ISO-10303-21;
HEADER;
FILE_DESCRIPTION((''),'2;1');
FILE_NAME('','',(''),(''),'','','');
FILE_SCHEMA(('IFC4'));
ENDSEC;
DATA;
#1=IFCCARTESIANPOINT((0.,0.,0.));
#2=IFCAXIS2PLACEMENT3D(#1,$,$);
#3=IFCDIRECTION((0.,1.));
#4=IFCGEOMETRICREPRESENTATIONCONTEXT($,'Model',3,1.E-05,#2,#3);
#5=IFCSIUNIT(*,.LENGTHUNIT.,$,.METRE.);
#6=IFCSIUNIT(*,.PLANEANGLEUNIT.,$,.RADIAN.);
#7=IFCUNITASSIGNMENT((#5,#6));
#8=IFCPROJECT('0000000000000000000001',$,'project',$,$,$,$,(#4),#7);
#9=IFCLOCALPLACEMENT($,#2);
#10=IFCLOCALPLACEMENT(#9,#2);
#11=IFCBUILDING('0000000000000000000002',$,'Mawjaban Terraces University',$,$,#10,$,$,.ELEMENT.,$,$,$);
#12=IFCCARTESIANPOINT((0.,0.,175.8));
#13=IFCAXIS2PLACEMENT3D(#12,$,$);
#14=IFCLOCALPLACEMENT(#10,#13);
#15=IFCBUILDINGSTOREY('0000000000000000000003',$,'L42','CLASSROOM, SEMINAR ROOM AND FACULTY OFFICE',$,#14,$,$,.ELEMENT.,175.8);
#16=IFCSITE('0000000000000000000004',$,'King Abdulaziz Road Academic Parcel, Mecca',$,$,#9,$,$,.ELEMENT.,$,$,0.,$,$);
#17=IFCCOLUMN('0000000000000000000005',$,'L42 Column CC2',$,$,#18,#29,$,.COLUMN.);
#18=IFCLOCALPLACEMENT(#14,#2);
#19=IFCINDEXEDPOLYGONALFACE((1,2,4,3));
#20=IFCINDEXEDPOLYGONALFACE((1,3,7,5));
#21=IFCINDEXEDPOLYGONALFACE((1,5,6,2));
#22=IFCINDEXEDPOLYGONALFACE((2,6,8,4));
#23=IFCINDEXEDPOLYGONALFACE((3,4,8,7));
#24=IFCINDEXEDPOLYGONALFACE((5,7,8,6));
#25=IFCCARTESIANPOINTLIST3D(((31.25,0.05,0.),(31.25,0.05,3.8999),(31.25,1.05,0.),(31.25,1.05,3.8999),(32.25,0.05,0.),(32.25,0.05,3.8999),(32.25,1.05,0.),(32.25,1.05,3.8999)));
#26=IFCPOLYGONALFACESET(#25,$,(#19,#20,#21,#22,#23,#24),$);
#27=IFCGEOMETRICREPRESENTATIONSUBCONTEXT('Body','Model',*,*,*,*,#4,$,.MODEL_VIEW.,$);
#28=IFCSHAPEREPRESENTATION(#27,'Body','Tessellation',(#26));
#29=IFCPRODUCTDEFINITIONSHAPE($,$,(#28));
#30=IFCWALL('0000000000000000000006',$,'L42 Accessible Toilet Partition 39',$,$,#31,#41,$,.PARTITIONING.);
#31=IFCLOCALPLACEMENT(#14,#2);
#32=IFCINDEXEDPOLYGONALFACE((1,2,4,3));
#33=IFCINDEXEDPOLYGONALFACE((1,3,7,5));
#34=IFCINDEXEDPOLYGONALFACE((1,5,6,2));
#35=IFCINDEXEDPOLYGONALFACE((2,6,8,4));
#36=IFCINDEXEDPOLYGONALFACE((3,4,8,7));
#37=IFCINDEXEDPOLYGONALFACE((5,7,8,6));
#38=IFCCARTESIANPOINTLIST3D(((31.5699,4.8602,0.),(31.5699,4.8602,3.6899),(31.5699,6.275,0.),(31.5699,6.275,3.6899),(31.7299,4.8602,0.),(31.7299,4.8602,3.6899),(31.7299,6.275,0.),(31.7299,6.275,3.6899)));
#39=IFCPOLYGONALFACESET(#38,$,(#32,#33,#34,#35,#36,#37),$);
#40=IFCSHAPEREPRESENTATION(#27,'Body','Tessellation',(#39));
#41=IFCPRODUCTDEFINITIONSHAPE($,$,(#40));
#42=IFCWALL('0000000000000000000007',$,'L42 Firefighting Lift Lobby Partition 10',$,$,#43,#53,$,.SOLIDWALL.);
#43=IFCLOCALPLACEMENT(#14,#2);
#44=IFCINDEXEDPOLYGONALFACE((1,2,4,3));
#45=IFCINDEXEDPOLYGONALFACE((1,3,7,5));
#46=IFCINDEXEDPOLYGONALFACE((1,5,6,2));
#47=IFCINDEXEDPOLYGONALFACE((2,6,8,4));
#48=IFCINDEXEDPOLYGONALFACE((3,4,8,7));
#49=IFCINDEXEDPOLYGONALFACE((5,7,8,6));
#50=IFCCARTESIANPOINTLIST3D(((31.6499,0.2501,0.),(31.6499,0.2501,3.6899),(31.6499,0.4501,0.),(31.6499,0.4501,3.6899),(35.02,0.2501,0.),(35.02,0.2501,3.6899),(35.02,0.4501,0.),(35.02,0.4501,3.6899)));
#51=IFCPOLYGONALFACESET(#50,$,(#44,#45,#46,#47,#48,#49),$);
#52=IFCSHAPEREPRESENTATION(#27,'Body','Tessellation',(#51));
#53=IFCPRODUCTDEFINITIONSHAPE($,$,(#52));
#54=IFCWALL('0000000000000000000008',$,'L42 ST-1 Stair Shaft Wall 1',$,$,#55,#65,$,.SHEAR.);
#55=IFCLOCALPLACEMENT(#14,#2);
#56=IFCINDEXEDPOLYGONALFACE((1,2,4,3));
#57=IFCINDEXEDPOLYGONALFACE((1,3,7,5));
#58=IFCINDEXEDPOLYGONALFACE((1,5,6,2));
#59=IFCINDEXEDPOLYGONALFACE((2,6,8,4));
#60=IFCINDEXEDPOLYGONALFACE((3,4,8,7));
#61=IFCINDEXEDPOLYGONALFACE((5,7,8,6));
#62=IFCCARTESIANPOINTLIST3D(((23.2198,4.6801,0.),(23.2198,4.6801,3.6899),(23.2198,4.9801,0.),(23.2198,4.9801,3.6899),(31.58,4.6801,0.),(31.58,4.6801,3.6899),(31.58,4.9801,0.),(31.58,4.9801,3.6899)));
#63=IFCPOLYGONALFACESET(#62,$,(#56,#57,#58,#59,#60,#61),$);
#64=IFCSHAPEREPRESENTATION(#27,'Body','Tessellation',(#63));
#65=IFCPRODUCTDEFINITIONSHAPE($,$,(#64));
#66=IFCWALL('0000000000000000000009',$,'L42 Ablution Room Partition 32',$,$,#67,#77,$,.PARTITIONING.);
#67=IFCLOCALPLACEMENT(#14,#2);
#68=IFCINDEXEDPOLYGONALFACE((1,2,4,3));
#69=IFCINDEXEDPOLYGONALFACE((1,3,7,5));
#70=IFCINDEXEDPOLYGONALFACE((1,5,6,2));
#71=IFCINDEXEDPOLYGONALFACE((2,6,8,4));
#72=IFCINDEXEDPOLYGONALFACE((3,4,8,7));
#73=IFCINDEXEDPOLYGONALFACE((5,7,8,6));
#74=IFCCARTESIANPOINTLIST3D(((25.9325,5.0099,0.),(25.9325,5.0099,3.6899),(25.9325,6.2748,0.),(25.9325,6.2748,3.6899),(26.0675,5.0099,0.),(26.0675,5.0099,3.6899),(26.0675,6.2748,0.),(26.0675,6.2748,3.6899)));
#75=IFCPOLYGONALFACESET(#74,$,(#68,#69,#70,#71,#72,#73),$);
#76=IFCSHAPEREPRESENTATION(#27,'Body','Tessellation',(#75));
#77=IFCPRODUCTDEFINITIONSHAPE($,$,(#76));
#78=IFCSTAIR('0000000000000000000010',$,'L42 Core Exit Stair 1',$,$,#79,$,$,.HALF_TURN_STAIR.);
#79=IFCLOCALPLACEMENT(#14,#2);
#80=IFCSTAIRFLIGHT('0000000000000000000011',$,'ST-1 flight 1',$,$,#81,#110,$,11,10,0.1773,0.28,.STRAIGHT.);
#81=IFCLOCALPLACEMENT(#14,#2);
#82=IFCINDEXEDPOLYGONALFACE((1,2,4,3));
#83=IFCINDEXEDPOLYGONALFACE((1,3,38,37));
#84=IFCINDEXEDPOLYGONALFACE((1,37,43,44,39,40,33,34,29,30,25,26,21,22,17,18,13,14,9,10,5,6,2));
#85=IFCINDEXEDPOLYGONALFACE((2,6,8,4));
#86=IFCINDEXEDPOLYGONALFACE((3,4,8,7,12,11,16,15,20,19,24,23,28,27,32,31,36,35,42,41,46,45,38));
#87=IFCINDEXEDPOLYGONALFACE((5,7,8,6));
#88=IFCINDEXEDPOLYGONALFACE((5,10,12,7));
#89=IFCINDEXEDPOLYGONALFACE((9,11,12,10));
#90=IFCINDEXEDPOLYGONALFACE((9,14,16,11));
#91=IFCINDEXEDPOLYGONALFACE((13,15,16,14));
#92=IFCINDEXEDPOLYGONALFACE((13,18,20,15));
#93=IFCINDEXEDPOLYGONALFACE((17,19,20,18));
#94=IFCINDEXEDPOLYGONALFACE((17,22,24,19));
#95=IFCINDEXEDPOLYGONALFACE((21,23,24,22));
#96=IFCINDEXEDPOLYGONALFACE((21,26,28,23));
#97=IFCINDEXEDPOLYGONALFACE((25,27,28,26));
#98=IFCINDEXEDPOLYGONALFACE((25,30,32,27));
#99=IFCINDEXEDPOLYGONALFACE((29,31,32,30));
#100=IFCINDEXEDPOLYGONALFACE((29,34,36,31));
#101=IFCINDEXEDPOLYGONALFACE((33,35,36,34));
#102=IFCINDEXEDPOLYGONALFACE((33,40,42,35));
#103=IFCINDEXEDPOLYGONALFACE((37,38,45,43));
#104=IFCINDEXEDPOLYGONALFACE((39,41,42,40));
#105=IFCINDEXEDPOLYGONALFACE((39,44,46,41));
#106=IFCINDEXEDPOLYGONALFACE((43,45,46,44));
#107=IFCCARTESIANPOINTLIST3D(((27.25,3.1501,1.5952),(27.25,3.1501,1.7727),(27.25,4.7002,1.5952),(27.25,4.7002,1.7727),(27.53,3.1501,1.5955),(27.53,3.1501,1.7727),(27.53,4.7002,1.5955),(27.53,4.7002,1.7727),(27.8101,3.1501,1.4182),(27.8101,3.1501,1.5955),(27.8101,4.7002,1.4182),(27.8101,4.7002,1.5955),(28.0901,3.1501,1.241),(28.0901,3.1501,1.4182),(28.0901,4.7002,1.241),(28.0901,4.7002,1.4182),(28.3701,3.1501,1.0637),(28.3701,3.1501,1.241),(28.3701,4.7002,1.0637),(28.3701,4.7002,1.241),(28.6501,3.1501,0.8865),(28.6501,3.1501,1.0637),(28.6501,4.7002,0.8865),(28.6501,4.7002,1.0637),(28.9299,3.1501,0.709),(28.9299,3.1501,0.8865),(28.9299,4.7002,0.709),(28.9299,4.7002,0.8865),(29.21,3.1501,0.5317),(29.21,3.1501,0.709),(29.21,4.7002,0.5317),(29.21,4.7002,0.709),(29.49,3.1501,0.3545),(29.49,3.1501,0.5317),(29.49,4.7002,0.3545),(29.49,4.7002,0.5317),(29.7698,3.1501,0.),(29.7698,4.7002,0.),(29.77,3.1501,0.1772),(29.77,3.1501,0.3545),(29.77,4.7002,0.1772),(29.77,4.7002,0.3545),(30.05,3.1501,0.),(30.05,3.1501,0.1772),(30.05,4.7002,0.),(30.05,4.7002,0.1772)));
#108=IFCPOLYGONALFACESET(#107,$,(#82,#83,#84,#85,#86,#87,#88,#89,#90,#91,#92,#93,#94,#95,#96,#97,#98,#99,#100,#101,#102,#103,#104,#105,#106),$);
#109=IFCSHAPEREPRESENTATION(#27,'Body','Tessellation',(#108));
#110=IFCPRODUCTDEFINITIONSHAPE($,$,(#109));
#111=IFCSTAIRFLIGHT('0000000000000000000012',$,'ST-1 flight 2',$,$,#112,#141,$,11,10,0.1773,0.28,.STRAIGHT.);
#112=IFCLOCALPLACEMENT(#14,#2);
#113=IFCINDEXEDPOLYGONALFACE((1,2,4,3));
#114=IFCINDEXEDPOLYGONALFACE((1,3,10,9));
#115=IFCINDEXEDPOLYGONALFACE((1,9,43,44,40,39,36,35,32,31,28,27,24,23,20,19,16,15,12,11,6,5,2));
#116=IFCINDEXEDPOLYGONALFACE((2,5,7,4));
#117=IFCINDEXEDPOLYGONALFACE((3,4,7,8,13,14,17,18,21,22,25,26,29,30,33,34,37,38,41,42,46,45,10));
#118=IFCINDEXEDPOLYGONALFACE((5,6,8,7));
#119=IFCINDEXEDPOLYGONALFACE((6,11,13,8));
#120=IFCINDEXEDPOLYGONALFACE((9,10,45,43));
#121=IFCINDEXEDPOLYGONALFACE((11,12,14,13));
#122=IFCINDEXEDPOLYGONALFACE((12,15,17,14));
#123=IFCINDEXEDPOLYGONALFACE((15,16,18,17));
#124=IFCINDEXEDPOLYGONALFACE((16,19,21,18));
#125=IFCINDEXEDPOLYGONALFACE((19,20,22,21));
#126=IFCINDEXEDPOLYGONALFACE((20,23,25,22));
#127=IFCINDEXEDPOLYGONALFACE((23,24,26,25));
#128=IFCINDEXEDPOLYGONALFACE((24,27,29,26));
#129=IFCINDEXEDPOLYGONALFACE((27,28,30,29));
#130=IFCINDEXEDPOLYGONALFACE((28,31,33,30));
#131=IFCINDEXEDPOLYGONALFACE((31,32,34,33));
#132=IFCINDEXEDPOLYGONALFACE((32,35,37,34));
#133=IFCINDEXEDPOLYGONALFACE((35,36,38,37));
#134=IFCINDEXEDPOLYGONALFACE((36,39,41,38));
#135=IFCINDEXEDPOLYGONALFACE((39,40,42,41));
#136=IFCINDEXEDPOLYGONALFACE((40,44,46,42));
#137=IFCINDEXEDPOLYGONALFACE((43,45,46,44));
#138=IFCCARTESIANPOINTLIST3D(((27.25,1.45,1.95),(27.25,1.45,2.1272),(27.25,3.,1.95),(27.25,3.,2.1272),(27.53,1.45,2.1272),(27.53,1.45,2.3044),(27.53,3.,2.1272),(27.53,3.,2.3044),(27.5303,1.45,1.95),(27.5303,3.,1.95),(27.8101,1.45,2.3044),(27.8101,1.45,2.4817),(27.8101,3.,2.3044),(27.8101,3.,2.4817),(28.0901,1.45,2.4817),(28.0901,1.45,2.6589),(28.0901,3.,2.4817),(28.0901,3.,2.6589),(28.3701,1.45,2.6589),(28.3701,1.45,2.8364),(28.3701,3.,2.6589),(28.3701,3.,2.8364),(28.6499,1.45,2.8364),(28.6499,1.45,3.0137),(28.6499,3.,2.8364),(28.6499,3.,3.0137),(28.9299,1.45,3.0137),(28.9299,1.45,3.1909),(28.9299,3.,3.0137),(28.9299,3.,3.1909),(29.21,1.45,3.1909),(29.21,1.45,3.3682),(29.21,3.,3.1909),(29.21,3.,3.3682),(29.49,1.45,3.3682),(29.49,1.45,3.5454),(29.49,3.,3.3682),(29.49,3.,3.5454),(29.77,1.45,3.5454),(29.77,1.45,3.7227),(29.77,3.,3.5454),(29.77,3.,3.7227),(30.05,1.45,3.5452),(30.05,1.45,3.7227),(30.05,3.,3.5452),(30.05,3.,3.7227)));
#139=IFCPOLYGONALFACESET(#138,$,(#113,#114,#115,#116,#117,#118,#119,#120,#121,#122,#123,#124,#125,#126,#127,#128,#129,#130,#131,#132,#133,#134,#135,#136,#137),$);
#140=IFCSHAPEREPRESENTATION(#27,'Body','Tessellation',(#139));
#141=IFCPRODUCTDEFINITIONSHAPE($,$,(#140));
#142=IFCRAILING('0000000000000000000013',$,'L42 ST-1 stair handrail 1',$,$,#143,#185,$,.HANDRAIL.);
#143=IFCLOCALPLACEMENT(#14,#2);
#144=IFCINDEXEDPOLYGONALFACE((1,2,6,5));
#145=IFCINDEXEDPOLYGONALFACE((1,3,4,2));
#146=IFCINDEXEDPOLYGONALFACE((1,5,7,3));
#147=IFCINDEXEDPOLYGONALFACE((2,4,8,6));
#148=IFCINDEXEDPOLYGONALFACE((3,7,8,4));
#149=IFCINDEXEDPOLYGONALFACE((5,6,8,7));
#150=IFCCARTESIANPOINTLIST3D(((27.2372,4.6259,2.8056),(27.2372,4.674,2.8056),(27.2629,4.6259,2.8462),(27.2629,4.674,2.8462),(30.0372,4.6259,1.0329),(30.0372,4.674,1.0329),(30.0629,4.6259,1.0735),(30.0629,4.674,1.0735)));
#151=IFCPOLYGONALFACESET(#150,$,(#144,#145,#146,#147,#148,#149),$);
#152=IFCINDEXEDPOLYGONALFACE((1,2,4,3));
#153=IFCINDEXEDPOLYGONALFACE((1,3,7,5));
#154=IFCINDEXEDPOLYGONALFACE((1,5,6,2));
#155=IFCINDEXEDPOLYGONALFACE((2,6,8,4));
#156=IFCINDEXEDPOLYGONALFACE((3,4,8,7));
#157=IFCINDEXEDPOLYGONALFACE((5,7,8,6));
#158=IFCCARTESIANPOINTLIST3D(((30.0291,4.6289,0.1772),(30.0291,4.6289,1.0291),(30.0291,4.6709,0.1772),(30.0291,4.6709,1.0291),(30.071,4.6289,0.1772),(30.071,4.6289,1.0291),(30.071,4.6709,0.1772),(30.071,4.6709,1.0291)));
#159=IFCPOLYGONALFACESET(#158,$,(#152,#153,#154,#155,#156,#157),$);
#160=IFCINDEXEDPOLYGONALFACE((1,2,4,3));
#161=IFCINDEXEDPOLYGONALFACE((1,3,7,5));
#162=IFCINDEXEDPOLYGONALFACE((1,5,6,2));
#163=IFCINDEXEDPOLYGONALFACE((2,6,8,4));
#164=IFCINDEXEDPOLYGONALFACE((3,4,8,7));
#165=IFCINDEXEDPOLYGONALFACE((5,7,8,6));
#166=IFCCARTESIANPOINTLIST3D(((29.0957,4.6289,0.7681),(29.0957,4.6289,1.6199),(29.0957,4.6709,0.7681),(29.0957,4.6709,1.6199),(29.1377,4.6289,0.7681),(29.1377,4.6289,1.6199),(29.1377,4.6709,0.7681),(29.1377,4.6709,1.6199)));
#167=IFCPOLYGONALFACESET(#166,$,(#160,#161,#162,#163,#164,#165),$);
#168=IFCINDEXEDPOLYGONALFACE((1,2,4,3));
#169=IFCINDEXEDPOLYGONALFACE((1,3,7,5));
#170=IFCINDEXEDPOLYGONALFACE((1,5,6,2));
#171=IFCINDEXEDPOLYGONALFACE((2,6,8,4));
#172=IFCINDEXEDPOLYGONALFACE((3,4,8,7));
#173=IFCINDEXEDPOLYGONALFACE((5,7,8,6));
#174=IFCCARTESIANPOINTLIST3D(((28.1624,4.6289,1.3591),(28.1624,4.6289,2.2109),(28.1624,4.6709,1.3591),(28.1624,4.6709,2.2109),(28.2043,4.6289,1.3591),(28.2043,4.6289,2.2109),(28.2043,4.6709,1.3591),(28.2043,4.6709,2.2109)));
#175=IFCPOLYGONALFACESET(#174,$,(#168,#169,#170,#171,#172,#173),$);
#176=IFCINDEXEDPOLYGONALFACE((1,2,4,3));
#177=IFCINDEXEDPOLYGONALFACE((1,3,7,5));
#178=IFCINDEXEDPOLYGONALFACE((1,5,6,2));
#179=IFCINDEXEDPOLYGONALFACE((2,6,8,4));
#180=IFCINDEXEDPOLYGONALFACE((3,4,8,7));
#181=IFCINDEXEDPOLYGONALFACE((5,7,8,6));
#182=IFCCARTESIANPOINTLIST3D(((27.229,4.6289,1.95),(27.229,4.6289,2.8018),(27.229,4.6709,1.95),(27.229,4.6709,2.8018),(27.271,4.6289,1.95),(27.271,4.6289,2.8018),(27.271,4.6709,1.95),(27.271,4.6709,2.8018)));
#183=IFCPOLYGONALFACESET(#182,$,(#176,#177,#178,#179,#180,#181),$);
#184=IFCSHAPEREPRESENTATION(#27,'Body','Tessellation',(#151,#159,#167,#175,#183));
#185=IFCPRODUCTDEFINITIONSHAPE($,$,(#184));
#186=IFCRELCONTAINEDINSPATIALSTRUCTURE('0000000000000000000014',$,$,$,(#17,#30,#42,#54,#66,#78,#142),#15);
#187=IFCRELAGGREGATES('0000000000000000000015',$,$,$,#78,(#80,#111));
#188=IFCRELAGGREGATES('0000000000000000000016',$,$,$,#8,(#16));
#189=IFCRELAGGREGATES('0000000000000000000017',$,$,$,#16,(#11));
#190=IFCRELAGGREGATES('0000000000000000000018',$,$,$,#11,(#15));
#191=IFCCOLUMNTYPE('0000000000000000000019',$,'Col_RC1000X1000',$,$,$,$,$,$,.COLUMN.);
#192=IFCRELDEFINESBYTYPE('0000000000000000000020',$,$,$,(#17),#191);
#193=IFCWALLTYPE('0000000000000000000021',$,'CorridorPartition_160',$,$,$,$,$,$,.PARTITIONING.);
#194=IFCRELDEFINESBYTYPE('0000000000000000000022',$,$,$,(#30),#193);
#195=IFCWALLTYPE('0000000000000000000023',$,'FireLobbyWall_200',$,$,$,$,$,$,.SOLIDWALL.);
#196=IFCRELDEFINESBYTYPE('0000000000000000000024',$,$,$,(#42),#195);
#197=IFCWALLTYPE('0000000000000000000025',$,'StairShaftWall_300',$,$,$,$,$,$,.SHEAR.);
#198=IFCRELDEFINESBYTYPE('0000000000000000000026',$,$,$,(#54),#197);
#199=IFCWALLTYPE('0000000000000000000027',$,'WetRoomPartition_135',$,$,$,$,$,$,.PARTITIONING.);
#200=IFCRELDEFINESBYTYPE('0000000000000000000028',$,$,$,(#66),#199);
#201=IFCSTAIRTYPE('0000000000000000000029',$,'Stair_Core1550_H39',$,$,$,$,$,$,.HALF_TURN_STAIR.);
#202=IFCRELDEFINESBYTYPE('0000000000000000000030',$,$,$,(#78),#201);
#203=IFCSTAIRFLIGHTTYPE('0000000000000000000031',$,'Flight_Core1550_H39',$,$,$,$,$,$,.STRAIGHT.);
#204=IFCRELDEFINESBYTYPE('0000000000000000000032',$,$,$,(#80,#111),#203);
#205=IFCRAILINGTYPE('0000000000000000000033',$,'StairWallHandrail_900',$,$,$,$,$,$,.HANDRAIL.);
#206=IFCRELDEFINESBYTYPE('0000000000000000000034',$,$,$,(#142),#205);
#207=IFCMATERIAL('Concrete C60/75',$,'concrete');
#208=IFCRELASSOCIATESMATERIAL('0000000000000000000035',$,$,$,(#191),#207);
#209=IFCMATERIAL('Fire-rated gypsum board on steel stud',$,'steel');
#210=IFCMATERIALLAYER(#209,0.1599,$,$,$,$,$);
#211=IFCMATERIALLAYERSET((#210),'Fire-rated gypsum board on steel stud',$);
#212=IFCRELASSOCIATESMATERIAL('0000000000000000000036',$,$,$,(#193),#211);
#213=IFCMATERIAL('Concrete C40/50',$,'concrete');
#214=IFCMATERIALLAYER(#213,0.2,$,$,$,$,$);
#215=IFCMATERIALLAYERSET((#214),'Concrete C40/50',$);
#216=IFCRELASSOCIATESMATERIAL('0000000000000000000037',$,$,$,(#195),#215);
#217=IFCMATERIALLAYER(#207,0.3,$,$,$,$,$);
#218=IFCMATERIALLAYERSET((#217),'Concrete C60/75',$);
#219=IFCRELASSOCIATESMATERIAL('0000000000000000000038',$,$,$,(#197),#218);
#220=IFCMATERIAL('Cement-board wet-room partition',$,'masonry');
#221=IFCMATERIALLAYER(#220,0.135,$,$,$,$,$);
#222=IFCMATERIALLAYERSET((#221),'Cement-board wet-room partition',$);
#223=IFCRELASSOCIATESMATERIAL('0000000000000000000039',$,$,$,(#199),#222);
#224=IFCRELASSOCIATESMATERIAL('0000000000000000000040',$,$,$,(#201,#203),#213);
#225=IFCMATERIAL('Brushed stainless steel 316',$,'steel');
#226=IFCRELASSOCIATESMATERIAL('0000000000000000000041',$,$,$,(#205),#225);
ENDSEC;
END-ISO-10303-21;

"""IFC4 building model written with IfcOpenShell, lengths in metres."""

from ifc_helpers import new_model, si_unit, direction, frame, frame_2d, origin, origin_2d, place, context, subcontext, project, spatial, polyline, rectangle, outline, extrude, material, layer, layer_set, material_profile, profile_set, type_object, element, aggregate, save


model = new_model("IFC4")

# Units and contexts
model_context = context("Model", 3, precision=1e-05, world=origin(), true_north=direction((0.0, 1.0)))
body_context = subcontext(model_context, "Body", "Model", "MODEL_VIEW")
ifc_project = project(units=[si_unit("LENGTHUNIT", "METRE"), si_unit("PLANEANGLEUNIT", "RADIAN")], contexts=[model_context])

# Site, building, storey
site_placement = place(None, origin())
site = spatial("IfcSite", under=ifc_project, at=site_placement, Name="King Abdulaziz Road Academic Parcel, Mecca", CompositionType="ELEMENT", RefElevation=0.0)
building_placement = place(site_placement, origin())
building = spatial("IfcBuilding", under=site, at=building_placement, Name="Mawjaban Terraces University", CompositionType="ELEMENT")
storey_placement = place(building_placement, frame((0.0, 0.0, 175.8)))
storey = spatial("IfcBuildingStorey", under=building, at=storey_placement, Name="L42", Description="CLASSROOM, SEMINAR ROOM AND FACULTY OFFICE", CompositionType="ELEMENT", Elevation=175.8)

# Column
ifc_material_1 = material(Name="Concrete C60/75", Category="concrete")
ifc_material_profile = material_profile(ifc_material_1, rectangle(XDim=1.0, YDim=1.0, at=origin_2d()), Name="RC1000X1000")
ifc_profile_set = profile_set([ifc_material_profile], Name="Concrete C60/75")
column_type = type_object("IfcColumnType", Name="Col_RC1000X1000", PredefinedType="COLUMN", material=ifc_profile_set)
column_placement = place(storey_placement, frame((31.75, 0.55, 0.0), z_axis=(0.0, 0.0, 1.0), x_axis=(1.0, 0.0, 0.0)))
element("IfcColumn", 1, at=column_placement, inside=storey, type_object=column_type, Name="L42 Column CC2", PredefinedType="COLUMN", context=body_context, shape_type="SweptSolid", body=[
    extrude(rectangle(XDim=1.0, YDim=1.0, at=origin_2d()), origin(), (0.0, 0.0, 1.0), 3.8999),
])

# Wall
ifc_material_2 = material(Name="Fire-rated gypsum board on steel stud", Category="steel")
ifc_layer_1 = layer(ifc_material_2, 0.1599)
ifc_layer_set_1 = layer_set([ifc_layer_1], Name="Fire-rated gypsum board on steel stud")
wall_type_1 = type_object("IfcWallType", Name="CorridorPartition_160", PredefinedType="PARTITIONING", material=ifc_layer_set_1)
wall_1_placement = place(storey_placement, frame((31.6499, 4.8601, 0.0), z_axis=(0.0, 0.0, 1.0), x_axis=(0.0, 1.0, 0.0)))
element("IfcWall", 2, at=wall_1_placement, inside=storey, type_object=wall_type_1, Name="L42 Accessible Toilet Partition 39", PredefinedType="PARTITIONING", context=body_context, shape_type="SweptSolid", body=[
    extrude(rectangle(XDim=1.4148, YDim=0.1599, at=frame_2d((0.7075, 0.0))), origin(), (0.0, 0.0, 1.0), 3.6899),
])

# Shared definitions
ifc_material_3 = material(Name="Concrete C40/50", Category="concrete")
ifc_layer_2 = layer(ifc_material_3, 0.2)
ifc_layer_set_2 = layer_set([ifc_layer_2], Name="Concrete C40/50")
wall_type_2 = type_object("IfcWallType", Name="FireLobbyWall_200", PredefinedType="SOLIDWALL", material=ifc_layer_set_2)

# Wall
wall_2_placement = place(storey_placement, frame((31.6499, 0.3501, 0.0), z_axis=(0.0, 0.0, 1.0), x_axis=(1.0, 0.0, 0.0)))
element("IfcWall", 3, at=wall_2_placement, inside=storey, type_object=wall_type_2, Name="L42 Firefighting Lift Lobby Partition 10", PredefinedType="SOLIDWALL", context=body_context, shape_type="SweptSolid", body=[
    extrude(rectangle(XDim=3.3701, YDim=0.2, at=frame_2d((1.6851, 0.0))), origin(), (0.0, 0.0, 1.0), 3.6899),
])

# Wall
ifc_layer_3 = layer(ifc_material_1, 0.3)
ifc_layer_set_3 = layer_set([ifc_layer_3], Name="Concrete C60/75")
wall_type_3 = type_object("IfcWallType", Name="StairShaftWall_300", PredefinedType="SHEAR", material=ifc_layer_set_3)
wall_3_placement = place(storey_placement, frame((31.5801, 4.8301, 0.0), z_axis=(0.0, 0.0, 1.0), x_axis=(-1.0, 0.0, 0.0)))
element("IfcWall", 4, at=wall_3_placement, inside=storey, type_object=wall_type_3, Name="L42 ST-1 Stair Shaft Wall 1", PredefinedType="SHEAR", context=body_context, shape_type="SweptSolid", body=[
    extrude(rectangle(XDim=8.3601, YDim=0.3, at=frame_2d((4.1802, 0.0))), origin(), (0.0, 0.0, 1.0), 3.6899),
])

# Wall
ifc_material_4 = material(Name="Cement-board wet-room partition", Category="masonry")
ifc_layer_4 = layer(ifc_material_4, 0.135)
ifc_layer_set_4 = layer_set([ifc_layer_4], Name="Cement-board wet-room partition")
wall_type_4 = type_object("IfcWallType", Name="WetRoomPartition_135", PredefinedType="PARTITIONING", material=ifc_layer_set_4)
wall_4_placement = place(storey_placement, frame((26.0, 5.01, 0.0), z_axis=(0.0, 0.0, 1.0), x_axis=(0.0, 1.0, 0.0)))
element("IfcWall", 5, at=wall_4_placement, inside=storey, type_object=wall_type_4, Name="L42 Ablution Room Partition 32", PredefinedType="PARTITIONING", context=body_context, shape_type="SweptSolid", body=[
    extrude(rectangle(XDim=1.2649, YDim=0.135, at=frame_2d((0.6323, 0.0))), origin(), (0.0, 0.0, 1.0), 3.6899),
])

# Stair, stair flights
stair_type = type_object("IfcStairType", Name="Stair_Core1550_H39", PredefinedType="HALF_TURN_STAIR", material=ifc_material_3)
stair_placement = place(storey_placement, origin())
stair = element("IfcStair", 6, at=stair_placement, inside=storey, type_object=stair_type, Name="L42 Core Exit Stair 1", PredefinedType="HALF_TURN_STAIR")
stair_flight_type = type_object("IfcStairFlightType", Name="Flight_Core1550_H39", PredefinedType="STRAIGHT", material=ifc_material_3)
stair_flight_1_placement = place(storey_placement, frame((30.05, 3.925, 0.0), z_axis=(0.0, 0.0, 1.0), x_axis=(-1.0, 0.0, 0.0)))
stair_flight_1 = element("IfcStairFlight", 7, at=stair_flight_1_placement, type_object=stair_flight_type, Name="ST-1 flight 1", NumberOfRisers=11, NumberOfTreads=10, PredefinedType="STRAIGHT", RiserHeight=0.1773, TreadLength=0.28, context=body_context, shape_type="SweptSolid", body=[
    extrude(outline(polyline([(0.0, 0.0), (0.0, 0.1772), (0.28, 0.1772), (0.28, 0.3545), (0.5601, 0.3545), (0.5601, 0.5317), (0.8401, 0.5317), (0.8401, 0.709), (1.1201, 0.709), (1.1201, 0.8865), (1.3999, 0.8865), (1.3999, 1.0637), (1.6799, 1.0637), (1.6799, 1.241), (1.96, 1.241), (1.96, 1.4182), (2.24, 1.4182), (2.24, 1.5955), (2.52, 1.5955), (2.52, 1.7727), (2.8, 1.7727), (2.8, 1.95), (2.8, 1.5952), (0.2803, 0.0), (0.0, 0.0)])), frame((0.0, 0.7749, 0.0), z_axis=(0.0, -1.0, 0.0), x_axis=(1.0, 0.0, 0.0)), (0.0, 0.0, 1.0), 1.55),
])
stair_flight_2_placement = place(storey_placement, frame((27.25, 2.2251, 1.95), z_axis=(0.0, 0.0, 1.0), x_axis=(1.0, 0.0, 0.0)))
stair_flight_2 = element("IfcStairFlight", 8, at=stair_flight_2_placement, type_object=stair_flight_type, Name="ST-1 flight 2", NumberOfRisers=11, NumberOfTreads=10, PredefinedType="STRAIGHT", RiserHeight=0.1773, TreadLength=0.28, context=body_context, shape_type="SweptSolid", body=[
    extrude(outline(polyline([(0.0, 0.0), (0.0, 0.1772), (0.28, 0.1772), (0.28, 0.3545), (0.5601, 0.3545), (0.5601, 0.5317), (0.8401, 0.5317), (0.8401, 0.709), (1.1201, 0.709), (1.1201, 0.8865), (1.3999, 0.8865), (1.3999, 1.0637), (1.6799, 1.0637), (1.6799, 1.241), (1.96, 1.241), (1.96, 1.4182), (2.24, 1.4182), (2.24, 1.5955), (2.52, 1.5955), (2.52, 1.7727), (2.8, 1.7727), (2.8, 1.95), (2.8, 1.5952), (0.2803, 0.0), (0.0, 0.0)])), frame((0.0, 0.7749, 0.0), z_axis=(0.0, -1.0, 0.0), x_axis=(1.0, 0.0, 0.0)), (0.0, 0.0, 1.0), 1.55),
])
aggregate(stair, [stair_flight_1, stair_flight_2])

# Railing
ifc_material_5 = material(Name="Brushed stainless steel 316", Category="steel")
railing_type_1 = type_object("IfcRailingType", Name="StairWallHandrail_900", PredefinedType="HANDRAIL", material=ifc_material_5)
railing_1_placement = place(storey_placement, frame((30.05, 4.6499, 0.1772)))
element("IfcRailing", 9, at=railing_1_placement, inside=storey, type_object=railing_type_1, Name="L42 ST-1 stair handrail 1", PredefinedType="HANDRAIL", context=body_context, shape_type="SweptSolid", body=[
    extrude(rectangle(XDim=0.0481, YDim=0.0481, at=origin_2d()), frame((0.0, 0.0, 0.876), z_axis=(-0.844909, 0.0, 0.53491), x_axis=(0.0, -1.0, 0.0)), (0.0, 0.0, 1.0), 3.314),
    extrude(rectangle(XDim=0.042, YDim=0.042, at=origin_2d()), origin(), (0.0, 0.0, 1.0), 0.8518),
    extrude(rectangle(XDim=0.042, YDim=0.042, at=origin_2d()), frame((-0.9333, 0.0, 0.5908)), (0.0, 0.0, 1.0), 0.8518),
    extrude(rectangle(XDim=0.042, YDim=0.042, at=origin_2d()), frame((-1.8667, 0.0, 1.1819)), (0.0, 0.0, 1.0), 0.8518),
    extrude(rectangle(XDim=0.042, YDim=0.042, at=origin_2d()), frame((-2.8, 0.0, 1.7727)), (0.0, 0.0, 1.0), 0.8518),
])

save(model, "model.ifc")
